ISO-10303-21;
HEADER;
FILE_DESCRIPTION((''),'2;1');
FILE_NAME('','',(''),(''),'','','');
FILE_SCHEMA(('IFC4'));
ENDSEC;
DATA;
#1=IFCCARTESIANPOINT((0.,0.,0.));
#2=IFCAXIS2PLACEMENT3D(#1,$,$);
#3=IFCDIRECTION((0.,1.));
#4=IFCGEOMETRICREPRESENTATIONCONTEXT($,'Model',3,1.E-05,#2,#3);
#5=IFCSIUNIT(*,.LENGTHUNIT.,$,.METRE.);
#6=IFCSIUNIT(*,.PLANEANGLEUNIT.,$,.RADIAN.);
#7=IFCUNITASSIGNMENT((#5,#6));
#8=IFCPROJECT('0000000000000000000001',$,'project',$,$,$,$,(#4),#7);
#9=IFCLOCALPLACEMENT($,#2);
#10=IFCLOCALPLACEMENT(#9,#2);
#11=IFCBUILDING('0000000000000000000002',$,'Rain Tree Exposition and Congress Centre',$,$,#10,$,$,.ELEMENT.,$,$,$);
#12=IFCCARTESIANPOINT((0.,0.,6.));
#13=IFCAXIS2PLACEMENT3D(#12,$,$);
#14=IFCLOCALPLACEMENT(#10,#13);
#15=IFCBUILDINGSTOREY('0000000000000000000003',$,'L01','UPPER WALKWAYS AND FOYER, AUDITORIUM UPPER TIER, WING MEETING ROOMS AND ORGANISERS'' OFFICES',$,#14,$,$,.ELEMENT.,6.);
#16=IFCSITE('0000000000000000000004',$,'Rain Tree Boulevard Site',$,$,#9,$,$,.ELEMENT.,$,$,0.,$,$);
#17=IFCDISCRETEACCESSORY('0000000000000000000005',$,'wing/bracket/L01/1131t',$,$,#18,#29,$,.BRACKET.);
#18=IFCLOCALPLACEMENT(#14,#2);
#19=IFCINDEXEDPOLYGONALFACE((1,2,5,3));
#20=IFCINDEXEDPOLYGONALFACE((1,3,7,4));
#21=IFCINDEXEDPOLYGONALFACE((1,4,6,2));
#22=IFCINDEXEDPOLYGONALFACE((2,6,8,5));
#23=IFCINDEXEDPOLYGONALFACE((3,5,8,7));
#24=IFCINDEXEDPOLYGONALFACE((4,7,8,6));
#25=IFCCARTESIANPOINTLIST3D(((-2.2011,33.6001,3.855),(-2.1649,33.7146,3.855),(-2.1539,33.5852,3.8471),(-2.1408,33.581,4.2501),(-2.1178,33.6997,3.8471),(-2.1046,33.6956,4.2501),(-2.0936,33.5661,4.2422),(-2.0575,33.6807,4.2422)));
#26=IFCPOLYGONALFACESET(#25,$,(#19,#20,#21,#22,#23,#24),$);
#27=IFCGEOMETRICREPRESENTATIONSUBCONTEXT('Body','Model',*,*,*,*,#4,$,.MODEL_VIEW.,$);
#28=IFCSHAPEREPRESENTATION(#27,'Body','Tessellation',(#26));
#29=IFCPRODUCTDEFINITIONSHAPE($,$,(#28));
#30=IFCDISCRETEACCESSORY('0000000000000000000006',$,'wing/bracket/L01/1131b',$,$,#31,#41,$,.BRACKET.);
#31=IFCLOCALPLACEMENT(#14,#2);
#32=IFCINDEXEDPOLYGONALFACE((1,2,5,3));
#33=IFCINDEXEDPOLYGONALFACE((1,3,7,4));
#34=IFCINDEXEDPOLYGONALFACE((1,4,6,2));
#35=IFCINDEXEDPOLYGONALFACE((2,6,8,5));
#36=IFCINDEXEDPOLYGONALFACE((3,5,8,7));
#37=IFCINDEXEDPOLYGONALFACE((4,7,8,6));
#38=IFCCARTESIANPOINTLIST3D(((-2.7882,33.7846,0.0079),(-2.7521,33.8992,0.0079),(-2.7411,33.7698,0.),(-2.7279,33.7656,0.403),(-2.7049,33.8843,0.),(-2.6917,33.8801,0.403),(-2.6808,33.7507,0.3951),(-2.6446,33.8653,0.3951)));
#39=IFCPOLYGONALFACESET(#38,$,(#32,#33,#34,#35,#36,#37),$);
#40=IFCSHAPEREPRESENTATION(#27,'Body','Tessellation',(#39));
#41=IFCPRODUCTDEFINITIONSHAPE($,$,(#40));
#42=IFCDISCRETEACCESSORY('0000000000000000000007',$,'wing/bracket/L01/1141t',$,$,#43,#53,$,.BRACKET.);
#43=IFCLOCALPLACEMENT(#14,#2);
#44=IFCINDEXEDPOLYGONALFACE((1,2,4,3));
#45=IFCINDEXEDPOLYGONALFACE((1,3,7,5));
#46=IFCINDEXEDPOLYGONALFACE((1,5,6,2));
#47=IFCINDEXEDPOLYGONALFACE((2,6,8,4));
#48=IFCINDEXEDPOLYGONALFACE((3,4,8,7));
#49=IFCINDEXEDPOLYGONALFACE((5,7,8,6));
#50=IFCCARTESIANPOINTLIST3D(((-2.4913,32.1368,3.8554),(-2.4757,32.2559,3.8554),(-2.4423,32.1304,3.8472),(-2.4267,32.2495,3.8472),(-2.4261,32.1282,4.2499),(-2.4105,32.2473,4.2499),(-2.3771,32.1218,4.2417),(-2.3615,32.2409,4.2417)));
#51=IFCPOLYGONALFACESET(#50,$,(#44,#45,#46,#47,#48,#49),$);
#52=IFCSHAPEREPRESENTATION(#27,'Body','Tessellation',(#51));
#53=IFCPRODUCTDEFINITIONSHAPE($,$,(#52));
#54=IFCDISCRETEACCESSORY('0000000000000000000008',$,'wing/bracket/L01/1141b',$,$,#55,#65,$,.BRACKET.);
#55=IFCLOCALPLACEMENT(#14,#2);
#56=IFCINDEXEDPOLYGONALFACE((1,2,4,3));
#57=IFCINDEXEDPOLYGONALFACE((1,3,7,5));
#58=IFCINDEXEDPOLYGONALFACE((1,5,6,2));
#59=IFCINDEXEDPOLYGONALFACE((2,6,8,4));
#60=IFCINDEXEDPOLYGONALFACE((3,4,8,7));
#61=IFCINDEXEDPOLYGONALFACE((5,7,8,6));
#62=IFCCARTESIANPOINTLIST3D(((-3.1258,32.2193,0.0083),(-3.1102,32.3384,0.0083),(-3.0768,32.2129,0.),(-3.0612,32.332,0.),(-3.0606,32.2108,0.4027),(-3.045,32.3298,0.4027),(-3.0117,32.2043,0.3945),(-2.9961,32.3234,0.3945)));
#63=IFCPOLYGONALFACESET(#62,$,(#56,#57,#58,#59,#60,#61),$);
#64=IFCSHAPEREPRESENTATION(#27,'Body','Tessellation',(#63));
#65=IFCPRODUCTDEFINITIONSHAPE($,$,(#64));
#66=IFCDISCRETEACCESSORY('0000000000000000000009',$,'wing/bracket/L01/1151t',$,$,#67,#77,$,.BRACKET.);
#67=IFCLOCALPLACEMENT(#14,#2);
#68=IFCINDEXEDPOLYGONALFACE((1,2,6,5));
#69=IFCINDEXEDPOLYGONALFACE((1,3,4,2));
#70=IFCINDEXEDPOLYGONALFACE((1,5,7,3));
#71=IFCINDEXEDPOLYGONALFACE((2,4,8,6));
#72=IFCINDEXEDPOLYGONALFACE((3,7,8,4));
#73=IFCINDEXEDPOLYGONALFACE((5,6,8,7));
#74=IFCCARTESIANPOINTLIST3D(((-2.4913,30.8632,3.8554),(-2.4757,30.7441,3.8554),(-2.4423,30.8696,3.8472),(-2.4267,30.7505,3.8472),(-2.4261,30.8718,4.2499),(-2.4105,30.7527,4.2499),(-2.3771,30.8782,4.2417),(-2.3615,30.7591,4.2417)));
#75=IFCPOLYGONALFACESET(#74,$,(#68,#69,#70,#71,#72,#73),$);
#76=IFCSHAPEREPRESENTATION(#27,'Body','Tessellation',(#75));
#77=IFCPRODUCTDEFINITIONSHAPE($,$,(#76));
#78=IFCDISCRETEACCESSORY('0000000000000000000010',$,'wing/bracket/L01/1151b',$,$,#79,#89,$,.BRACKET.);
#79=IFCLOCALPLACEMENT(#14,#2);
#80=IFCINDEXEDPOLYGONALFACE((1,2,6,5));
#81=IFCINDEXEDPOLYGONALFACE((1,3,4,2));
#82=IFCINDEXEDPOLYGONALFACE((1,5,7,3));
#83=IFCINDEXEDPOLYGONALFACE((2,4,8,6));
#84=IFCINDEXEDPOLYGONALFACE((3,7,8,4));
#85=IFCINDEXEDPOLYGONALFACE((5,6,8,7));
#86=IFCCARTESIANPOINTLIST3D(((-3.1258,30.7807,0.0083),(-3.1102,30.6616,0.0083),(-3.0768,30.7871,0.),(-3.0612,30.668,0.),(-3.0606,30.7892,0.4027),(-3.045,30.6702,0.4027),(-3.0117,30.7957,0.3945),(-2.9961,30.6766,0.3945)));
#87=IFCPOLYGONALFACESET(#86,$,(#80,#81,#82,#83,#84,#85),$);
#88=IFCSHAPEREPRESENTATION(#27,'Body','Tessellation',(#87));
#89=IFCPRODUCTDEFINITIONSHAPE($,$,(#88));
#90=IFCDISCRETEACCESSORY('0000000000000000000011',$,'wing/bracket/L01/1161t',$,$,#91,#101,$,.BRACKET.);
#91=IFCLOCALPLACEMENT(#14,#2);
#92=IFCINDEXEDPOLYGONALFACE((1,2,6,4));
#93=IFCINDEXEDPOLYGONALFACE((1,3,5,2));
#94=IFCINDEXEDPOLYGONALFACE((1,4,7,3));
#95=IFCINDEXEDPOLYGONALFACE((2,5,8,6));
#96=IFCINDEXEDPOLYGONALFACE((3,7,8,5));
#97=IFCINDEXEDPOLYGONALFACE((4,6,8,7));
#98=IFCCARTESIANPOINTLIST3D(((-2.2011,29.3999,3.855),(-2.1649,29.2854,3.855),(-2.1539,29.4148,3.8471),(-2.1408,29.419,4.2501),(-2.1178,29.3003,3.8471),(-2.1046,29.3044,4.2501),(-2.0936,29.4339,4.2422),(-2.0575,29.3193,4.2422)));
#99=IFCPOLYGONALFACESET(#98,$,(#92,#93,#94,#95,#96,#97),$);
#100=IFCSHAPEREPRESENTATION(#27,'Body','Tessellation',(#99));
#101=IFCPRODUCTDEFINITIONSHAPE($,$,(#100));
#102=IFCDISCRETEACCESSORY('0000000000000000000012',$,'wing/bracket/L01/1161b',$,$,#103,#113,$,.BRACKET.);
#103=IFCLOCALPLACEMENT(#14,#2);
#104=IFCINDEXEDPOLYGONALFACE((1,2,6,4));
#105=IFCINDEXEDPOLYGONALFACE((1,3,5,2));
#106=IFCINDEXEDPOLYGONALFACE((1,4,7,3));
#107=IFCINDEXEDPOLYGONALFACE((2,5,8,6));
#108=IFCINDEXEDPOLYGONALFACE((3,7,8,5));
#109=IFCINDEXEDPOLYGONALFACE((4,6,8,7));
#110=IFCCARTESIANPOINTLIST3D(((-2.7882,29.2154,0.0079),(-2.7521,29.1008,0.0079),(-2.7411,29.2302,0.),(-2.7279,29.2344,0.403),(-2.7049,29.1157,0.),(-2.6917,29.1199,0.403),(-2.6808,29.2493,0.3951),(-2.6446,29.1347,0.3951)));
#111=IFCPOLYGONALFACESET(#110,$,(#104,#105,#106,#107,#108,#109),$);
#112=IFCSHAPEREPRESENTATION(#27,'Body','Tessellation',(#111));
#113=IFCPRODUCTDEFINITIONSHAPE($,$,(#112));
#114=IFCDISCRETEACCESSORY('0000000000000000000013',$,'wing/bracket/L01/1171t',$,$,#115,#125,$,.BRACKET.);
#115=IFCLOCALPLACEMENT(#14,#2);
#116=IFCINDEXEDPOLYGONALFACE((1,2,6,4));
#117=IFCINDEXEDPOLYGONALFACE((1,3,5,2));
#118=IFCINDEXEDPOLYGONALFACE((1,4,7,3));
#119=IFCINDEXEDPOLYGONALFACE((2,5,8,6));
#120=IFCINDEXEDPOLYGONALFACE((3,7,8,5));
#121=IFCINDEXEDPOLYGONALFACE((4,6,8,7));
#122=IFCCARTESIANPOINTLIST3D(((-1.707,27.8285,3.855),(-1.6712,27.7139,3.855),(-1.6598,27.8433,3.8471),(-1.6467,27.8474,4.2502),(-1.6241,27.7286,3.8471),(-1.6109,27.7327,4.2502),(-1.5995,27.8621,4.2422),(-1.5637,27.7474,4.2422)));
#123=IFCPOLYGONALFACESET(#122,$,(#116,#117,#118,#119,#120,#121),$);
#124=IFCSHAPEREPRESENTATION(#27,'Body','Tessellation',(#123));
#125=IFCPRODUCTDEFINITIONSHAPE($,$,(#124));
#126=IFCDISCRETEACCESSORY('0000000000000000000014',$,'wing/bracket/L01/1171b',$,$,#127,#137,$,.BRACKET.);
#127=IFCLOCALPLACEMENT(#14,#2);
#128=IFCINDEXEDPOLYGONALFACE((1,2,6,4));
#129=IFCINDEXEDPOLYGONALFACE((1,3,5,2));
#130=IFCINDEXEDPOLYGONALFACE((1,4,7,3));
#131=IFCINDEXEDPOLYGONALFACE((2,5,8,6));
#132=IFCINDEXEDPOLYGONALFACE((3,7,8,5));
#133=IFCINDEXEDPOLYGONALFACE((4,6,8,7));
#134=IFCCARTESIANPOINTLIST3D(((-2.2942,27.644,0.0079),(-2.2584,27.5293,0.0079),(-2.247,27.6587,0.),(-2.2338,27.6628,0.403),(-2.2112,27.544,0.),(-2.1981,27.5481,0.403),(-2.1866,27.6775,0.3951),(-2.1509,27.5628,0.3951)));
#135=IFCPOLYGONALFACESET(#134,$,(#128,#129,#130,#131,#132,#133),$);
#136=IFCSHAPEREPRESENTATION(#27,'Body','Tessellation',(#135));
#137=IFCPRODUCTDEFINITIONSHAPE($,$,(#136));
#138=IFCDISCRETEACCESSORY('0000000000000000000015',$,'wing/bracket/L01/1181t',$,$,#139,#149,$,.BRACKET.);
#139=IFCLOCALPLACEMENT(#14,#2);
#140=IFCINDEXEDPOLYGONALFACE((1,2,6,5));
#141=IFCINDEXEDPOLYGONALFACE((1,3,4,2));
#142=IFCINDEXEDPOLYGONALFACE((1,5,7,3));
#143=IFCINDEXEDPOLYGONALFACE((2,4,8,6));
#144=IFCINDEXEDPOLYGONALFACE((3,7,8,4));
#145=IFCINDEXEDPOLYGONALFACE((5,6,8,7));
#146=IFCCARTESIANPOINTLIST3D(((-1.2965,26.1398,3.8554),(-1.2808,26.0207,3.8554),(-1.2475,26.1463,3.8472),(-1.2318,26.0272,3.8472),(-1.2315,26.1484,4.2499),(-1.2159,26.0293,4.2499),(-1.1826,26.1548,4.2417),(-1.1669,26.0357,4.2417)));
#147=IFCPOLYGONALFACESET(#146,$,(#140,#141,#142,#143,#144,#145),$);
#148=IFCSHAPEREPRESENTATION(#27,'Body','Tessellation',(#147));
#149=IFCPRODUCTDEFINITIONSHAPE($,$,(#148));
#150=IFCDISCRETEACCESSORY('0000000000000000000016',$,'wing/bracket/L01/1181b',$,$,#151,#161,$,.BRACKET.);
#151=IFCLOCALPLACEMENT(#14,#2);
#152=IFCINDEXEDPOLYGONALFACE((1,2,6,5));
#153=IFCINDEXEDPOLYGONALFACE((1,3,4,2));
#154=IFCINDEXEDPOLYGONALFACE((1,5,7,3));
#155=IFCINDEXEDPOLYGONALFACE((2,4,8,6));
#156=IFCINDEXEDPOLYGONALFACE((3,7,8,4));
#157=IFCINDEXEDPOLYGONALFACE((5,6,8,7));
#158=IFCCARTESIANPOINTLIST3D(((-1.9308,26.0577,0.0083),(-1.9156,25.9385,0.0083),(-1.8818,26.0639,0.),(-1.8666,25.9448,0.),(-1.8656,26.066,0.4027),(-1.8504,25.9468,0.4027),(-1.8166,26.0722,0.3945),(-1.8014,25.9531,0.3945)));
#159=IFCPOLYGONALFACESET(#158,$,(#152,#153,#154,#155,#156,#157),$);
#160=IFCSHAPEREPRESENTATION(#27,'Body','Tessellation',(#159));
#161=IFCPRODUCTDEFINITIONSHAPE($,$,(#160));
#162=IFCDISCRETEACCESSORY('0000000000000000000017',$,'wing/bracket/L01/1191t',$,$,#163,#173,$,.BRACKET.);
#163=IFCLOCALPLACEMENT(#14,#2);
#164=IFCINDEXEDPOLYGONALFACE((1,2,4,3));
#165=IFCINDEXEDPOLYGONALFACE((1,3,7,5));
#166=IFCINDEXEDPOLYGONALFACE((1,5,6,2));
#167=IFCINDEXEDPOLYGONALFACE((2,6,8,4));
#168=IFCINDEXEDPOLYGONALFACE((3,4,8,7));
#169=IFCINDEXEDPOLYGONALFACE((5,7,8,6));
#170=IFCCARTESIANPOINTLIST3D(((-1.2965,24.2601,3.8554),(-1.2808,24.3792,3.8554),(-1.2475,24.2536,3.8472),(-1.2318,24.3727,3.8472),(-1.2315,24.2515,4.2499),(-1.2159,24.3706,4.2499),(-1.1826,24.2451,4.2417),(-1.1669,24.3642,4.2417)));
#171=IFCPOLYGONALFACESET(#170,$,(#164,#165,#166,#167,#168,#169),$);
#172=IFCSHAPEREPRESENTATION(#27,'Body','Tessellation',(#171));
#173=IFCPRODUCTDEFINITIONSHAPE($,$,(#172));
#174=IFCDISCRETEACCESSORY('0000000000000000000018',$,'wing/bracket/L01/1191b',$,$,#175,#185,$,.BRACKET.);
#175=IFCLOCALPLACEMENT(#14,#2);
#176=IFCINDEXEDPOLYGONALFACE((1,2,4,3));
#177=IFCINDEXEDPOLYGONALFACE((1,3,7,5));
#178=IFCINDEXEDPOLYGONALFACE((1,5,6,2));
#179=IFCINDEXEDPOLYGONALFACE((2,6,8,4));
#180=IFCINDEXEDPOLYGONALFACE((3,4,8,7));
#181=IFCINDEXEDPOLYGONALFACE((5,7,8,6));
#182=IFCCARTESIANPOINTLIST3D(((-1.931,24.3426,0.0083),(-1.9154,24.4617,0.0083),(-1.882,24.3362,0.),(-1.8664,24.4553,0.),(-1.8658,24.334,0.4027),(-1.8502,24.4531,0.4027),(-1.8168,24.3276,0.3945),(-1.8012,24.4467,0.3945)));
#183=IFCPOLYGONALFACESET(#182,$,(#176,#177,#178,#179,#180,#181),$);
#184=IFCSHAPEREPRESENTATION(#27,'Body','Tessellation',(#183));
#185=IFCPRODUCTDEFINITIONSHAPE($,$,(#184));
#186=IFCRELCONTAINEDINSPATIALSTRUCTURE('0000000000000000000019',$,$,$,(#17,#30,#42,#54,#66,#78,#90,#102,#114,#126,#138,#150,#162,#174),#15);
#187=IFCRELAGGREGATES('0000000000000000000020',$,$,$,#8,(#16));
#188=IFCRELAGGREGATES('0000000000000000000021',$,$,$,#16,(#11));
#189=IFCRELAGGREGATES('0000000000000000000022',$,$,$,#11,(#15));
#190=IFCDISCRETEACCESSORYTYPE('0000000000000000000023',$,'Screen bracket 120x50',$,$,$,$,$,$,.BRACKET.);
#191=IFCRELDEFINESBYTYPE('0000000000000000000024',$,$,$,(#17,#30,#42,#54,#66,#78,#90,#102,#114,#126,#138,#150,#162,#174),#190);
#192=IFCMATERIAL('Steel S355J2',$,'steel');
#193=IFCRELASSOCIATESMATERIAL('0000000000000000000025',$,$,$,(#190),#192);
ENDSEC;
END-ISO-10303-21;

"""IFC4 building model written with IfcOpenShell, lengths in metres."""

from ifc_helpers import new_model, si_unit, direction, frame, origin, origin_2d, place, context, subcontext, project, spatial, rectangle, extrude, material, material_profile, profile_set, type_object, element, save


model = new_model("IFC4")

# Units and contexts
model_context = context("Model", 3, precision=1e-05, world=origin(), true_north=direction((0.0, 1.0)))
body_context = subcontext(model_context, "Body", "Model", "MODEL_VIEW")
ifc_project = project(units=[si_unit("LENGTHUNIT", "METRE"), si_unit("PLANEANGLEUNIT", "RADIAN")], contexts=[model_context])

# Site, building, storey
site_placement = place(None, origin())
site = spatial("IfcSite", under=ifc_project, at=site_placement, Name="Rain Tree Boulevard Site", CompositionType="ELEMENT", RefElevation=0.0)
building_placement = place(site_placement, origin())
building = spatial("IfcBuilding", under=site, at=building_placement, Name="Rain Tree Exposition and Congress Centre", CompositionType="ELEMENT")
storey_placement = place(building_placement, frame((0.0, 0.0, 6.0)))
storey = spatial("IfcBuildingStorey", under=building, at=storey_placement, Name="L01", Description="UPPER WALKWAYS AND FOYER, AUDITORIUM UPPER TIER, WING MEETING ROOMS AND ORGANISERS' OFFICES", CompositionType="ELEMENT", Elevation=6.0)

# Discrete accessories
ifc_material_1 = material(Name="Steel S355J2", Category="steel")
ifc_material_profile_1 = material_profile(ifc_material_1, rectangle(XDim=0.1201, YDim=0.05, at=origin_2d()), Name="Flat bar 120x50")
ifc_profile_set_1 = profile_set([ifc_material_profile_1], Name="Steel S355J2")
discrete_accessory_type = type_object("IfcDiscreteAccessoryType", Name="Screen bracket 120x50", PredefinedType="BRACKET", material=ifc_profile_set_1)
for number, where, z_axis, x_axis, name in (
    (1, (-2.1594, 33.6499, 3.8511), (0.150738, -0.047602, 0.987427), (0.301131, 0.953583, 0.0), "wing/bracket/L01/1131t"),
    (2, (-2.7466, 33.8345, 0.0039), (0.150738, -0.047602, 0.987427), (0.301131, 0.953583, 0.0), "wing/bracket/L01/1131b"),
):
    element("IfcDiscreteAccessory", number, at=place(storey_placement, frame(where, z_axis=z_axis, x_axis=x_axis)), inside=storey, type_object=discrete_accessory_type, Name=name, PredefinedType="BRACKET", context=body_context, shape_type="SweptSolid", body=[
        extrude(rectangle(XDim=0.1201, YDim=0.05, at=origin_2d()), origin(), (0.0, 0.0, 1.0), 0.4001),
    ])
for number, where, z_axis, x_axis, name in (
    (3, (-2.459, 32.1931, 3.8513), (0.162976, -0.021364, 0.986399), (0.129974, 0.991517, 0.0), "wing/bracket/L01/1141t"),
    (4, (-3.0935, 32.2756, 0.0042), (0.162976, -0.021364, 0.986399), (0.129974, 0.991517, 0.0), "wing/bracket/L01/1141b"),
    (5, (-2.459, 30.8069, 3.8513), (0.162976, 0.021364, 0.986399), (-0.129974, 0.991517, 0.0), "wing/bracket/L01/1151t"),
    (6, (-3.0935, 30.7244, 0.0042), (0.162976, 0.021364, 0.986399), (-0.129974, 0.991517, 0.0), "wing/bracket/L01/1151b"),
):
    element("IfcDiscreteAccessory", number, at=place(storey_placement, frame(where, z_axis=z_axis, x_axis=x_axis)), inside=storey, type_object=discrete_accessory_type, Name=name, PredefinedType="BRACKET", context=body_context, shape_type="SweptSolid", body=[
        extrude(rectangle(XDim=0.1201, YDim=0.05, at=origin_2d()), origin(), (0.0, 0.0, 1.0), 0.3999),
    ])
for number, where, z_axis, x_axis, name in (
    (7, (-2.1594, 29.3501, 3.8511), (0.150738, 0.047602, 0.987427), (-0.301131, 0.953583, 0.0), "wing/bracket/L01/1161t"),
    (8, (-2.7466, 29.1655, 0.0039), (0.150738, 0.047602, 0.987427), (-0.301131, 0.953583, 0.0), "wing/bracket/L01/1161b"),
    (9, (-1.6655, 27.7786, 3.8511), (0.150743, 0.046993, 0.987456), (-0.297615, 0.954686, 0.0), "wing/bracket/L01/1171t"),
    (10, (-2.2527, 27.594, 0.0039), (0.150743, 0.046993, 0.987456), (-0.297615, 0.954686, 0.0), "wing/bracket/L01/1171b"),
):
    element("IfcDiscreteAccessory", number, at=place(storey_placement, frame(where, z_axis=z_axis, x_axis=x_axis)), inside=storey, type_object=discrete_accessory_type, Name=name, PredefinedType="BRACKET", context=body_context, shape_type="SweptSolid", body=[
        extrude(rectangle(XDim=0.1201, YDim=0.05, at=origin_2d()), origin(), (0.0, 0.0, 1.0), 0.4001),
    ])
for number, where, z_axis, x_axis, name in (
    (11, (-1.2642, 26.0835, 3.8513), (0.162381, 0.021366, 0.986497), (-0.130455, 0.991454, 0.0), "wing/bracket/L01/1181t"),
    (12, (-1.8987, 26.0012, 0.0042), (0.162978, 0.020754, 0.986411), (-0.126321, 0.991989, 0.0), "wing/bracket/L01/1181b"),
    (13, (-1.2642, 24.3164, 3.8513), (0.162381, -0.021366, 0.986497), (0.130455, 0.991454, 0.0), "wing/bracket/L01/1191t"),
    (14, (-1.8987, 24.3989, 0.0042), (0.162976, -0.021364, 0.986399), (0.129974, 0.991517, 0.0), "wing/bracket/L01/1191b"),
):
    element("IfcDiscreteAccessory", number, at=place(storey_placement, frame(where, z_axis=z_axis, x_axis=x_axis)), inside=storey, type_object=discrete_accessory_type, Name=name, PredefinedType="BRACKET", context=body_context, shape_type="SweptSolid", body=[
        extrude(rectangle(XDim=0.1201, YDim=0.05, at=origin_2d()), origin(), (0.0, 0.0, 1.0), 0.3999),
    ])

save(model, "model.ifc")
